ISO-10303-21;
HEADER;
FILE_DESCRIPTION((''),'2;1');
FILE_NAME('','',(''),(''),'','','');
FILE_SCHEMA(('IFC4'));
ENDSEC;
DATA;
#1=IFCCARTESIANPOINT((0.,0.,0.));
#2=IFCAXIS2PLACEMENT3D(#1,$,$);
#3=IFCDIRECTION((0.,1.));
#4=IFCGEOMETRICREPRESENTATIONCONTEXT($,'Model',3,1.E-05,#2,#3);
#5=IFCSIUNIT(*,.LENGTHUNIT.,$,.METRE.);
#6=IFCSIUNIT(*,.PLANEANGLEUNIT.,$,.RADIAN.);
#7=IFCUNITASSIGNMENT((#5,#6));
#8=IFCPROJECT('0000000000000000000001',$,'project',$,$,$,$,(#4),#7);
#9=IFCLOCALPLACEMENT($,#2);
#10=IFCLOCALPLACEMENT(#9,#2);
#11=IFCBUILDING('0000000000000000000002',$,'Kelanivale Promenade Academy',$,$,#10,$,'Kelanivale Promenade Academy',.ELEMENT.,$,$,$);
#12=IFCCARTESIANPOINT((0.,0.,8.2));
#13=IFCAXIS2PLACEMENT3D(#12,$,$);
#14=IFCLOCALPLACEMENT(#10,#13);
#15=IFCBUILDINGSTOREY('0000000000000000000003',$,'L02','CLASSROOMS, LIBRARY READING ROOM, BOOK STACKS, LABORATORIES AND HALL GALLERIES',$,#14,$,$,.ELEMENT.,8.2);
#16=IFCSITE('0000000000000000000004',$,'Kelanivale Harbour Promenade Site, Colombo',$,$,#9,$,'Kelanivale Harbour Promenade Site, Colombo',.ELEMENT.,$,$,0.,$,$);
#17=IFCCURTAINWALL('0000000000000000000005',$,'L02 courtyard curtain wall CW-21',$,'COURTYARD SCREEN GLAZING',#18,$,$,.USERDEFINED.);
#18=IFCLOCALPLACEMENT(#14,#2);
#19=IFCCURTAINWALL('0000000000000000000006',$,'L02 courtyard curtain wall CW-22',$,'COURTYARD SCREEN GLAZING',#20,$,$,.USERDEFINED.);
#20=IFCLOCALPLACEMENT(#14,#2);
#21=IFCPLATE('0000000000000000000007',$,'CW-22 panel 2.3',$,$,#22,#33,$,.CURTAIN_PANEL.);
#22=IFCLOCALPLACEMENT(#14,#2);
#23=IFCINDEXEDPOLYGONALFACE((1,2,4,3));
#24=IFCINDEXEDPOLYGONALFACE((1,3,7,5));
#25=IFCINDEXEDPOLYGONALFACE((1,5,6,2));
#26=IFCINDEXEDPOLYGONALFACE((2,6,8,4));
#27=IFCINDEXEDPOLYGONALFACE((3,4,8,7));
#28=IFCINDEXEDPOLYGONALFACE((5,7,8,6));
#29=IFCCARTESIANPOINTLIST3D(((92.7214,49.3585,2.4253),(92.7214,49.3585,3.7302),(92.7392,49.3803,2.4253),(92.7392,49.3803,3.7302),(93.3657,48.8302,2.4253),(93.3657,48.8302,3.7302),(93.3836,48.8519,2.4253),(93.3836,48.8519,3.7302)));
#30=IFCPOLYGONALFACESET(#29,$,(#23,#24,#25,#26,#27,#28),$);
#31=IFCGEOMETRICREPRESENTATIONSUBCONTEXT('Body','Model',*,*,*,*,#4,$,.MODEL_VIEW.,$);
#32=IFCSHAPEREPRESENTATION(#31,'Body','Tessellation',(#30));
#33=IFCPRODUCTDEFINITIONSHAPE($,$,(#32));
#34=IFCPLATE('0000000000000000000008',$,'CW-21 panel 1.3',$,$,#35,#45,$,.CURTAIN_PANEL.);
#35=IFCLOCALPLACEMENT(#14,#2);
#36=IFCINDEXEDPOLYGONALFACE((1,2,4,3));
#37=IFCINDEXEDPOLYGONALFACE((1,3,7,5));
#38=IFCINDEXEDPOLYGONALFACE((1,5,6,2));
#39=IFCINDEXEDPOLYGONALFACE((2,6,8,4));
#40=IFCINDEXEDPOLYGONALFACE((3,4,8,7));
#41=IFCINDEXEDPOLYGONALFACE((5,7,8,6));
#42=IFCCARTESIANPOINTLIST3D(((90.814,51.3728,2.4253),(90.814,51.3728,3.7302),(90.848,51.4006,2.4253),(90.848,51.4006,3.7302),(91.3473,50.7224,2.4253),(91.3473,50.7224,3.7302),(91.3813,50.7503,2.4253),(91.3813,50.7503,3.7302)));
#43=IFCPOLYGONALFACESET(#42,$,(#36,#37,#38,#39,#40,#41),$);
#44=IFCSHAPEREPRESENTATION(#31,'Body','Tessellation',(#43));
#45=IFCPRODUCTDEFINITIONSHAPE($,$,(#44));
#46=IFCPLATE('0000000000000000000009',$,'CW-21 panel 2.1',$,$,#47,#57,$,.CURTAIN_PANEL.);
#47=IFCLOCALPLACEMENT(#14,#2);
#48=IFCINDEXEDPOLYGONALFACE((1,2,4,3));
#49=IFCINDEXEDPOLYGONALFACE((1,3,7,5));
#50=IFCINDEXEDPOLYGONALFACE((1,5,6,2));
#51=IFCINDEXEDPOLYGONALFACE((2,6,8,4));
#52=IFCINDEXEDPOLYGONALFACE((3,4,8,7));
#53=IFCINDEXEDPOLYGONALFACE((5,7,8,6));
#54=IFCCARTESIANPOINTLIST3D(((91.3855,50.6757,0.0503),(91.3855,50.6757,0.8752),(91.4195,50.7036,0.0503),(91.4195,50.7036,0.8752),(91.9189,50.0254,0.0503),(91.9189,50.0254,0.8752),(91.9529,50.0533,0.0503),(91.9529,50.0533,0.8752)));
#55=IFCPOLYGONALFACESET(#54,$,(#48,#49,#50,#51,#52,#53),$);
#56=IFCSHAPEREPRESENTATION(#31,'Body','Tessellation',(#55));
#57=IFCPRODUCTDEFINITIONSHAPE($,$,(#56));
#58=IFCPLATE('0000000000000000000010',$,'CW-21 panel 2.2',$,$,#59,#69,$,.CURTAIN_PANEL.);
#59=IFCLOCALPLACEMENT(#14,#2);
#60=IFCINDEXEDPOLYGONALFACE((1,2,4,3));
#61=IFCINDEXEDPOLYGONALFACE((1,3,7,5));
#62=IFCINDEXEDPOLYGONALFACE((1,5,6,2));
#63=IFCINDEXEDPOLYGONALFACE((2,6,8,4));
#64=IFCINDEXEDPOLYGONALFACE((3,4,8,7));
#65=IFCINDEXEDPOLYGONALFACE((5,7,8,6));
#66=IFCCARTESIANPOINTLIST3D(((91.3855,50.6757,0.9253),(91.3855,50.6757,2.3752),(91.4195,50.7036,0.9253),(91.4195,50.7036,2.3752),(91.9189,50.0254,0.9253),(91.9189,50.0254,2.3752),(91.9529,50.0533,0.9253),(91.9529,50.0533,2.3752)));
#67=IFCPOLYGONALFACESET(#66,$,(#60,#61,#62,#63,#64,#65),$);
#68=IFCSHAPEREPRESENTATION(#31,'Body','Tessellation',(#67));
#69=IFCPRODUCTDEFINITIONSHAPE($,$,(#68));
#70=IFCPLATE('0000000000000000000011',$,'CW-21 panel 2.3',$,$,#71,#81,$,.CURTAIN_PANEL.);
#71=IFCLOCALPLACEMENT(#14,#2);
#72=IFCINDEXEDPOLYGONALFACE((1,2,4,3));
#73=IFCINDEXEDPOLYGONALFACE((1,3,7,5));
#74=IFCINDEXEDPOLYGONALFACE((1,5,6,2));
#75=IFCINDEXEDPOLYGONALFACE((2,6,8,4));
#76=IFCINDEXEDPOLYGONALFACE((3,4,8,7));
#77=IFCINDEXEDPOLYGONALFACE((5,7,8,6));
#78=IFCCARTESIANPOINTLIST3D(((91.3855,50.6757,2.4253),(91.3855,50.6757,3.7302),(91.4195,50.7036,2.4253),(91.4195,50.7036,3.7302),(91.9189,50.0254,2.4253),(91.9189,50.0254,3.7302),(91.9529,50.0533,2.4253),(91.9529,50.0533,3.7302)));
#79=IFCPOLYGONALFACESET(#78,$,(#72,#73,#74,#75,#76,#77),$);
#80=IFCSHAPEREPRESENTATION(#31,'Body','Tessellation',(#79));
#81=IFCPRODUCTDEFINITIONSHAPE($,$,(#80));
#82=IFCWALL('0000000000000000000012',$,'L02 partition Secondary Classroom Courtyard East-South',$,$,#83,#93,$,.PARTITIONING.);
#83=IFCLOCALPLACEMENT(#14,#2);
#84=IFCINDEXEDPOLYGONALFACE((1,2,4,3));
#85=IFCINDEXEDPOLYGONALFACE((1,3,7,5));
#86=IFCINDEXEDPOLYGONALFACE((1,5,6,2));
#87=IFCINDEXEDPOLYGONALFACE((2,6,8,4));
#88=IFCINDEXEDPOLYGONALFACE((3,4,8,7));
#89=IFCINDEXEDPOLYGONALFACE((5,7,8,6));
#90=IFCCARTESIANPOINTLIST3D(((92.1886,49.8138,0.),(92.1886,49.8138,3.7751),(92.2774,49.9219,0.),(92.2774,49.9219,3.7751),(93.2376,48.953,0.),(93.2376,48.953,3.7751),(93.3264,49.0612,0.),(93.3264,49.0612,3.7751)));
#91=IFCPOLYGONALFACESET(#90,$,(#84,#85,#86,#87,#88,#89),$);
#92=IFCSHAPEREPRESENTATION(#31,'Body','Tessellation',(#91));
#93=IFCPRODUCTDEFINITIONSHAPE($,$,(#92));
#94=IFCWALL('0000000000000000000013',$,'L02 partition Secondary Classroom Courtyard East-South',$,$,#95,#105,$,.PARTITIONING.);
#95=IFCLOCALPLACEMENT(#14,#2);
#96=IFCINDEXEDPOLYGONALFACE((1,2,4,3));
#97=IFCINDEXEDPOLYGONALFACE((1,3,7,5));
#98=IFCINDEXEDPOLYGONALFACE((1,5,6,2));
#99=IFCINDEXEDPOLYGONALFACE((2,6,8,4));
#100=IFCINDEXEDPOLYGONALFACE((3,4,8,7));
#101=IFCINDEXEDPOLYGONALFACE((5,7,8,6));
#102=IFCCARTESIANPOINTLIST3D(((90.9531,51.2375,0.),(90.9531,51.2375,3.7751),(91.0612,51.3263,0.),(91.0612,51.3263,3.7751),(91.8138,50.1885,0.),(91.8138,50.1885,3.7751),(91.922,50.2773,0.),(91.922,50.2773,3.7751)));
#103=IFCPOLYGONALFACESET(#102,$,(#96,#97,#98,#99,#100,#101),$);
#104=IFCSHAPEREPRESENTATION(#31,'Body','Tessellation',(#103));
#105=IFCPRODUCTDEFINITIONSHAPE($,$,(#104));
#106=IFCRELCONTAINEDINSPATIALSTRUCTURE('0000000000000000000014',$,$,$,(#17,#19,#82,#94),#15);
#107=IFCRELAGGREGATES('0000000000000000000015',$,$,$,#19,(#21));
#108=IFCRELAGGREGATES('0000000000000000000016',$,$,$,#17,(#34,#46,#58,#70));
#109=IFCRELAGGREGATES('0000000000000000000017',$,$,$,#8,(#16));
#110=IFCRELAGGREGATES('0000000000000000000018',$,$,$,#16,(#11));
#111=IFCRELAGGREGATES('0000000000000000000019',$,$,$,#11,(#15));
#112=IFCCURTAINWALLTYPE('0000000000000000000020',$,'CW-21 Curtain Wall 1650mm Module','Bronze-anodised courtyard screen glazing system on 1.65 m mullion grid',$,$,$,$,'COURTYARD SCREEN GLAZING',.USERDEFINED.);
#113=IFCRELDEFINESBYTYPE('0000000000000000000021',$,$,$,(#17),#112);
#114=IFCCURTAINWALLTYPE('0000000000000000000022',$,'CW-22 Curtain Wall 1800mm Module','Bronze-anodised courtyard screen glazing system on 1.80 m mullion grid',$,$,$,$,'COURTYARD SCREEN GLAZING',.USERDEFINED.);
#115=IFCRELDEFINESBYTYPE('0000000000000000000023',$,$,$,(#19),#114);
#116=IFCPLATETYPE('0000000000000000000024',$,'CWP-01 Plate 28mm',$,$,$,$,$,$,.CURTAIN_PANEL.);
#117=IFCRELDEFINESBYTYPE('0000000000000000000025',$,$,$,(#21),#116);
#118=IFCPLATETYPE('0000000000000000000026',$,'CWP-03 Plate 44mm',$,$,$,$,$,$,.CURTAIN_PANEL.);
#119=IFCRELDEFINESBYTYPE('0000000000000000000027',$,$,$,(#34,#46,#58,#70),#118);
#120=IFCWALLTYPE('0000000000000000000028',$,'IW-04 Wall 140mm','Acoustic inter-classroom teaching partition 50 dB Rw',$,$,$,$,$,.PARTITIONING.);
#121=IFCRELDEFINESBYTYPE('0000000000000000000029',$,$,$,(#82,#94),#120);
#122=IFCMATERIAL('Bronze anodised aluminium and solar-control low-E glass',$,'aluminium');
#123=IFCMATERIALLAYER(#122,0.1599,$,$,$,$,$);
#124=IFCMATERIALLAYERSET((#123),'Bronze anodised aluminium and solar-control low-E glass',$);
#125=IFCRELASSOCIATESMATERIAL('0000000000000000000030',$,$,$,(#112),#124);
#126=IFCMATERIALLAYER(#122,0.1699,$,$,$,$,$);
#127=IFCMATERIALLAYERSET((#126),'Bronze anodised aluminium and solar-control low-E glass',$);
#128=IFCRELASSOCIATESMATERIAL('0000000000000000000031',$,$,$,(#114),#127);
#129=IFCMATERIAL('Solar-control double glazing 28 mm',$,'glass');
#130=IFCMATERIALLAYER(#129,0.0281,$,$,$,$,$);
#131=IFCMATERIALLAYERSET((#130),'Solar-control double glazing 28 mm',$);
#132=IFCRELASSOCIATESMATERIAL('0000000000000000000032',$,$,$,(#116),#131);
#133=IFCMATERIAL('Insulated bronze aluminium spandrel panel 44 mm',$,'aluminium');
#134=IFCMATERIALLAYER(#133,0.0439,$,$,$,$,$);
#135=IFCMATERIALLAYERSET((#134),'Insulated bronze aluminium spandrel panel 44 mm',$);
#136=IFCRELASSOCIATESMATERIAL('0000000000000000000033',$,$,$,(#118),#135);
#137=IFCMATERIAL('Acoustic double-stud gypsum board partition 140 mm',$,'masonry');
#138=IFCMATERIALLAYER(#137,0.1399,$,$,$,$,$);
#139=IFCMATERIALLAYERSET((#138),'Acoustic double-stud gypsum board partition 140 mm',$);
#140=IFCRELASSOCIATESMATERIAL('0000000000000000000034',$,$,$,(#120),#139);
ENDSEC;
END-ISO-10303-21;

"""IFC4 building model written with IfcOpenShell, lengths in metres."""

from ifc_helpers import new_model, si_unit, direction, frame, frame_2d, origin, origin_2d, place, context, subcontext, project, spatial, rectangle, extrude, material, layer, layer_set, type_object, element, aggregate, save


model = new_model("IFC4")

# Units and contexts
model_context = context("Model", 3, precision=1e-05, world=origin(), true_north=direction((0.0, 1.0)))
body_context = subcontext(model_context, "Body", "Model", "MODEL_VIEW")
ifc_project = project(units=[si_unit("LENGTHUNIT", "METRE"), si_unit("PLANEANGLEUNIT", "RADIAN")], contexts=[model_context])

# Site, building, storey
site_placement = place(None, origin())
site = spatial("IfcSite", under=ifc_project, at=site_placement, Name="Kelanivale Harbour Promenade Site, Colombo", LongName="Kelanivale Harbour Promenade Site, Colombo", CompositionType="ELEMENT", RefElevation=0.0)
building_placement = place(site_placement, origin())
building = spatial("IfcBuilding", under=site, at=building_placement, Name="Kelanivale Promenade Academy", LongName="Kelanivale Promenade Academy", CompositionType="ELEMENT")
storey_placement = place(building_placement, frame((0.0, 0.0, 8.2)))
storey = spatial("IfcBuildingStorey", under=building, at=storey_placement, Name="L02", Description="CLASSROOMS, LIBRARY READING ROOM, BOOK STACKS, LABORATORIES AND HALL GALLERIES", CompositionType="ELEMENT", Elevation=8.2)

# Curtain walls
ifc_material_1 = material(Name="Bronze anodised aluminium and solar-control low-E glass", Category="aluminium")
ifc_layer_1 = layer(ifc_material_1, 0.1599)
ifc_layer_set_1 = layer_set([ifc_layer_1], Name="Bronze anodised aluminium and solar-control low-E glass")
curtain_wall_type_1 = type_object("IfcCurtainWallType", Name="CW-21 Curtain Wall 1650mm Module", Description="Bronze-anodised courtyard screen glazing system on 1.65 m mullion grid", ElementType="COURTYARD SCREEN GLAZING", PredefinedType="USERDEFINED", material=ifc_layer_set_1)
curtain_wall_1_placement = place(storey_placement, origin())
curtain_wall_1 = element("IfcCurtainWall", 1, at=curtain_wall_1_placement, inside=storey, type_object=curtain_wall_type_1, Name="L02 courtyard curtain wall CW-21", ObjectType="COURTYARD SCREEN GLAZING", PredefinedType="USERDEFINED")
ifc_layer_2 = layer(ifc_material_1, 0.1699)
ifc_layer_set_2 = layer_set([ifc_layer_2], Name="Bronze anodised aluminium and solar-control low-E glass")
curtain_wall_type_2 = type_object("IfcCurtainWallType", Name="CW-22 Curtain Wall 1800mm Module", Description="Bronze-anodised courtyard screen glazing system on 1.80 m mullion grid", ElementType="COURTYARD SCREEN GLAZING", PredefinedType="USERDEFINED", material=ifc_layer_set_2)
curtain_wall_2_placement = place(storey_placement, origin())
curtain_wall_2 = element("IfcCurtainWall", 2, at=curtain_wall_2_placement, inside=storey, type_object=curtain_wall_type_2, Name="L02 courtyard curtain wall CW-22", ObjectType="COURTYARD SCREEN GLAZING", PredefinedType="USERDEFINED")

# Plates
ifc_material_2 = material(Name="Solar-control double glazing 28 mm", Category="glass")
ifc_layer_3 = layer(ifc_material_2, 0.0281)
ifc_layer_set_3 = layer_set([ifc_layer_3], Name="Solar-control double glazing 28 mm")
plate_type_1 = type_object("IfcPlateType", Name="CWP-01 Plate 28mm", PredefinedType="CURTAIN_PANEL", material=ifc_layer_set_3)
plate_1_placement = place(storey_placement, frame((93.0525, 49.1052, 2.4253), z_axis=(0.0, 0.0, 1.0), x_axis=(0.773257, -0.634093, 0.0)))
plate_1 = element("IfcPlate", 3, at=plate_1_placement, type_object=plate_type_1, Name="CW-22 panel 2.3", PredefinedType="CURTAIN_PANEL", context=body_context, shape_type="SweptSolid", body=[
    extrude(rectangle(XDim=0.8333, YDim=0.0281, at=origin_2d()), origin(), (0.0, 0.0, 1.0), 1.3049),
])
aggregate(curtain_wall_2, [plate_1])
ifc_material_3 = material(Name="Insulated bronze aluminium spandrel panel 44 mm", Category="aluminium")
ifc_layer_4 = layer(ifc_material_3, 0.0439)
ifc_layer_set_4 = layer_set([ifc_layer_4], Name="Insulated bronze aluminium spandrel panel 44 mm")
plate_type_2 = type_object("IfcPlateType", Name="CWP-03 Plate 44mm", PredefinedType="CURTAIN_PANEL", material=ifc_layer_set_4)
plate_2_placement = place(storey_placement, frame((91.0977, 51.0615, 2.4253), z_axis=(0.0, 0.0, 1.0), x_axis=(0.634144, -0.773215, 0.0)))
plate_2 = element("IfcPlate", 4, at=plate_2_placement, type_object=plate_type_2, Name="CW-21 panel 1.3", PredefinedType="CURTAIN_PANEL", context=body_context, shape_type="SweptSolid", body=[
    extrude(rectangle(XDim=0.8411, YDim=0.0439, at=origin_2d()), origin(), (0.0, 0.0, 1.0), 1.3049),
])
plate_3_placement = place(storey_placement, frame((91.6692, 50.3645, 0.0503), z_axis=(0.0, 0.0, 1.0), x_axis=(0.634144, -0.773215, 0.0)))
plate_3 = element("IfcPlate", 5, at=plate_3_placement, type_object=plate_type_2, Name="CW-21 panel 2.1", PredefinedType="CURTAIN_PANEL", context=body_context, shape_type="SweptSolid", body=[
    extrude(rectangle(XDim=0.8411, YDim=0.0439, at=origin_2d()), origin(), (0.0, 0.0, 1.0), 0.825),
])
plate_4_placement = place(storey_placement, frame((91.6692, 50.3645, 0.9253), z_axis=(0.0, 0.0, 1.0), x_axis=(0.634144, -0.773215, 0.0)))
plate_4 = element("IfcPlate", 6, at=plate_4_placement, type_object=plate_type_2, Name="CW-21 panel 2.2", PredefinedType="CURTAIN_PANEL", context=body_context, shape_type="SweptSolid", body=[
    extrude(rectangle(XDim=0.8411, YDim=0.0439, at=origin_2d()), origin(), (0.0, 0.0, 1.0), 1.45),
])
plate_5_placement = place(storey_placement, frame((91.6692, 50.3645, 2.4253), z_axis=(0.0, 0.0, 1.0), x_axis=(0.634144, -0.773215, 0.0)))
plate_5 = element("IfcPlate", 7, at=plate_5_placement, type_object=plate_type_2, Name="CW-21 panel 2.3", PredefinedType="CURTAIN_PANEL", context=body_context, shape_type="SweptSolid", body=[
    extrude(rectangle(XDim=0.8411, YDim=0.0439, at=origin_2d()), origin(), (0.0, 0.0, 1.0), 1.3049),
])
aggregate(curtain_wall_1, [plate_2, plate_3, plate_4, plate_5])

# Walls
ifc_material_4 = material(Name="Acoustic double-stud gypsum board partition 140 mm", Category="masonry")
ifc_layer_5 = layer(ifc_material_4, 0.1399)
ifc_layer_set_5 = layer_set([ifc_layer_5], Name="Acoustic double-stud gypsum board partition 140 mm")
wall_type = type_object("IfcWallType", Name="IW-04 Wall 140mm", Description="Acoustic inter-classroom teaching partition 50 dB Rw", PredefinedType="PARTITIONING", material=ifc_layer_set_5)
for number, where, z_axis, x_axis, name in (
    (8, (93.282, 49.0071, 0.0), (0.0, 0.0, 1.0), (-0.773051, 0.634344, 0.0), "L02 partition Secondary Classroom Courtyard East-South"),
    (9, (91.8679, 50.2329, 0.0), (0.0, 0.0, 1.0), (-0.634344, 0.773051, 0.0), "L02 partition Secondary Classroom Courtyard East-South"),
):
    element("IfcWall", number, at=place(storey_placement, frame(where, z_axis=z_axis, x_axis=x_axis)), inside=storey, type_object=wall_type, Name=name, PredefinedType="PARTITIONING", context=body_context, shape_type="SweptSolid", body=[
        extrude(rectangle(XDim=1.3569, YDim=0.1399, at=frame_2d((0.6785, 0.0))), origin(), (0.0, 0.0, 1.0), 3.7751),
    ])

save(model, "model.ifc")
